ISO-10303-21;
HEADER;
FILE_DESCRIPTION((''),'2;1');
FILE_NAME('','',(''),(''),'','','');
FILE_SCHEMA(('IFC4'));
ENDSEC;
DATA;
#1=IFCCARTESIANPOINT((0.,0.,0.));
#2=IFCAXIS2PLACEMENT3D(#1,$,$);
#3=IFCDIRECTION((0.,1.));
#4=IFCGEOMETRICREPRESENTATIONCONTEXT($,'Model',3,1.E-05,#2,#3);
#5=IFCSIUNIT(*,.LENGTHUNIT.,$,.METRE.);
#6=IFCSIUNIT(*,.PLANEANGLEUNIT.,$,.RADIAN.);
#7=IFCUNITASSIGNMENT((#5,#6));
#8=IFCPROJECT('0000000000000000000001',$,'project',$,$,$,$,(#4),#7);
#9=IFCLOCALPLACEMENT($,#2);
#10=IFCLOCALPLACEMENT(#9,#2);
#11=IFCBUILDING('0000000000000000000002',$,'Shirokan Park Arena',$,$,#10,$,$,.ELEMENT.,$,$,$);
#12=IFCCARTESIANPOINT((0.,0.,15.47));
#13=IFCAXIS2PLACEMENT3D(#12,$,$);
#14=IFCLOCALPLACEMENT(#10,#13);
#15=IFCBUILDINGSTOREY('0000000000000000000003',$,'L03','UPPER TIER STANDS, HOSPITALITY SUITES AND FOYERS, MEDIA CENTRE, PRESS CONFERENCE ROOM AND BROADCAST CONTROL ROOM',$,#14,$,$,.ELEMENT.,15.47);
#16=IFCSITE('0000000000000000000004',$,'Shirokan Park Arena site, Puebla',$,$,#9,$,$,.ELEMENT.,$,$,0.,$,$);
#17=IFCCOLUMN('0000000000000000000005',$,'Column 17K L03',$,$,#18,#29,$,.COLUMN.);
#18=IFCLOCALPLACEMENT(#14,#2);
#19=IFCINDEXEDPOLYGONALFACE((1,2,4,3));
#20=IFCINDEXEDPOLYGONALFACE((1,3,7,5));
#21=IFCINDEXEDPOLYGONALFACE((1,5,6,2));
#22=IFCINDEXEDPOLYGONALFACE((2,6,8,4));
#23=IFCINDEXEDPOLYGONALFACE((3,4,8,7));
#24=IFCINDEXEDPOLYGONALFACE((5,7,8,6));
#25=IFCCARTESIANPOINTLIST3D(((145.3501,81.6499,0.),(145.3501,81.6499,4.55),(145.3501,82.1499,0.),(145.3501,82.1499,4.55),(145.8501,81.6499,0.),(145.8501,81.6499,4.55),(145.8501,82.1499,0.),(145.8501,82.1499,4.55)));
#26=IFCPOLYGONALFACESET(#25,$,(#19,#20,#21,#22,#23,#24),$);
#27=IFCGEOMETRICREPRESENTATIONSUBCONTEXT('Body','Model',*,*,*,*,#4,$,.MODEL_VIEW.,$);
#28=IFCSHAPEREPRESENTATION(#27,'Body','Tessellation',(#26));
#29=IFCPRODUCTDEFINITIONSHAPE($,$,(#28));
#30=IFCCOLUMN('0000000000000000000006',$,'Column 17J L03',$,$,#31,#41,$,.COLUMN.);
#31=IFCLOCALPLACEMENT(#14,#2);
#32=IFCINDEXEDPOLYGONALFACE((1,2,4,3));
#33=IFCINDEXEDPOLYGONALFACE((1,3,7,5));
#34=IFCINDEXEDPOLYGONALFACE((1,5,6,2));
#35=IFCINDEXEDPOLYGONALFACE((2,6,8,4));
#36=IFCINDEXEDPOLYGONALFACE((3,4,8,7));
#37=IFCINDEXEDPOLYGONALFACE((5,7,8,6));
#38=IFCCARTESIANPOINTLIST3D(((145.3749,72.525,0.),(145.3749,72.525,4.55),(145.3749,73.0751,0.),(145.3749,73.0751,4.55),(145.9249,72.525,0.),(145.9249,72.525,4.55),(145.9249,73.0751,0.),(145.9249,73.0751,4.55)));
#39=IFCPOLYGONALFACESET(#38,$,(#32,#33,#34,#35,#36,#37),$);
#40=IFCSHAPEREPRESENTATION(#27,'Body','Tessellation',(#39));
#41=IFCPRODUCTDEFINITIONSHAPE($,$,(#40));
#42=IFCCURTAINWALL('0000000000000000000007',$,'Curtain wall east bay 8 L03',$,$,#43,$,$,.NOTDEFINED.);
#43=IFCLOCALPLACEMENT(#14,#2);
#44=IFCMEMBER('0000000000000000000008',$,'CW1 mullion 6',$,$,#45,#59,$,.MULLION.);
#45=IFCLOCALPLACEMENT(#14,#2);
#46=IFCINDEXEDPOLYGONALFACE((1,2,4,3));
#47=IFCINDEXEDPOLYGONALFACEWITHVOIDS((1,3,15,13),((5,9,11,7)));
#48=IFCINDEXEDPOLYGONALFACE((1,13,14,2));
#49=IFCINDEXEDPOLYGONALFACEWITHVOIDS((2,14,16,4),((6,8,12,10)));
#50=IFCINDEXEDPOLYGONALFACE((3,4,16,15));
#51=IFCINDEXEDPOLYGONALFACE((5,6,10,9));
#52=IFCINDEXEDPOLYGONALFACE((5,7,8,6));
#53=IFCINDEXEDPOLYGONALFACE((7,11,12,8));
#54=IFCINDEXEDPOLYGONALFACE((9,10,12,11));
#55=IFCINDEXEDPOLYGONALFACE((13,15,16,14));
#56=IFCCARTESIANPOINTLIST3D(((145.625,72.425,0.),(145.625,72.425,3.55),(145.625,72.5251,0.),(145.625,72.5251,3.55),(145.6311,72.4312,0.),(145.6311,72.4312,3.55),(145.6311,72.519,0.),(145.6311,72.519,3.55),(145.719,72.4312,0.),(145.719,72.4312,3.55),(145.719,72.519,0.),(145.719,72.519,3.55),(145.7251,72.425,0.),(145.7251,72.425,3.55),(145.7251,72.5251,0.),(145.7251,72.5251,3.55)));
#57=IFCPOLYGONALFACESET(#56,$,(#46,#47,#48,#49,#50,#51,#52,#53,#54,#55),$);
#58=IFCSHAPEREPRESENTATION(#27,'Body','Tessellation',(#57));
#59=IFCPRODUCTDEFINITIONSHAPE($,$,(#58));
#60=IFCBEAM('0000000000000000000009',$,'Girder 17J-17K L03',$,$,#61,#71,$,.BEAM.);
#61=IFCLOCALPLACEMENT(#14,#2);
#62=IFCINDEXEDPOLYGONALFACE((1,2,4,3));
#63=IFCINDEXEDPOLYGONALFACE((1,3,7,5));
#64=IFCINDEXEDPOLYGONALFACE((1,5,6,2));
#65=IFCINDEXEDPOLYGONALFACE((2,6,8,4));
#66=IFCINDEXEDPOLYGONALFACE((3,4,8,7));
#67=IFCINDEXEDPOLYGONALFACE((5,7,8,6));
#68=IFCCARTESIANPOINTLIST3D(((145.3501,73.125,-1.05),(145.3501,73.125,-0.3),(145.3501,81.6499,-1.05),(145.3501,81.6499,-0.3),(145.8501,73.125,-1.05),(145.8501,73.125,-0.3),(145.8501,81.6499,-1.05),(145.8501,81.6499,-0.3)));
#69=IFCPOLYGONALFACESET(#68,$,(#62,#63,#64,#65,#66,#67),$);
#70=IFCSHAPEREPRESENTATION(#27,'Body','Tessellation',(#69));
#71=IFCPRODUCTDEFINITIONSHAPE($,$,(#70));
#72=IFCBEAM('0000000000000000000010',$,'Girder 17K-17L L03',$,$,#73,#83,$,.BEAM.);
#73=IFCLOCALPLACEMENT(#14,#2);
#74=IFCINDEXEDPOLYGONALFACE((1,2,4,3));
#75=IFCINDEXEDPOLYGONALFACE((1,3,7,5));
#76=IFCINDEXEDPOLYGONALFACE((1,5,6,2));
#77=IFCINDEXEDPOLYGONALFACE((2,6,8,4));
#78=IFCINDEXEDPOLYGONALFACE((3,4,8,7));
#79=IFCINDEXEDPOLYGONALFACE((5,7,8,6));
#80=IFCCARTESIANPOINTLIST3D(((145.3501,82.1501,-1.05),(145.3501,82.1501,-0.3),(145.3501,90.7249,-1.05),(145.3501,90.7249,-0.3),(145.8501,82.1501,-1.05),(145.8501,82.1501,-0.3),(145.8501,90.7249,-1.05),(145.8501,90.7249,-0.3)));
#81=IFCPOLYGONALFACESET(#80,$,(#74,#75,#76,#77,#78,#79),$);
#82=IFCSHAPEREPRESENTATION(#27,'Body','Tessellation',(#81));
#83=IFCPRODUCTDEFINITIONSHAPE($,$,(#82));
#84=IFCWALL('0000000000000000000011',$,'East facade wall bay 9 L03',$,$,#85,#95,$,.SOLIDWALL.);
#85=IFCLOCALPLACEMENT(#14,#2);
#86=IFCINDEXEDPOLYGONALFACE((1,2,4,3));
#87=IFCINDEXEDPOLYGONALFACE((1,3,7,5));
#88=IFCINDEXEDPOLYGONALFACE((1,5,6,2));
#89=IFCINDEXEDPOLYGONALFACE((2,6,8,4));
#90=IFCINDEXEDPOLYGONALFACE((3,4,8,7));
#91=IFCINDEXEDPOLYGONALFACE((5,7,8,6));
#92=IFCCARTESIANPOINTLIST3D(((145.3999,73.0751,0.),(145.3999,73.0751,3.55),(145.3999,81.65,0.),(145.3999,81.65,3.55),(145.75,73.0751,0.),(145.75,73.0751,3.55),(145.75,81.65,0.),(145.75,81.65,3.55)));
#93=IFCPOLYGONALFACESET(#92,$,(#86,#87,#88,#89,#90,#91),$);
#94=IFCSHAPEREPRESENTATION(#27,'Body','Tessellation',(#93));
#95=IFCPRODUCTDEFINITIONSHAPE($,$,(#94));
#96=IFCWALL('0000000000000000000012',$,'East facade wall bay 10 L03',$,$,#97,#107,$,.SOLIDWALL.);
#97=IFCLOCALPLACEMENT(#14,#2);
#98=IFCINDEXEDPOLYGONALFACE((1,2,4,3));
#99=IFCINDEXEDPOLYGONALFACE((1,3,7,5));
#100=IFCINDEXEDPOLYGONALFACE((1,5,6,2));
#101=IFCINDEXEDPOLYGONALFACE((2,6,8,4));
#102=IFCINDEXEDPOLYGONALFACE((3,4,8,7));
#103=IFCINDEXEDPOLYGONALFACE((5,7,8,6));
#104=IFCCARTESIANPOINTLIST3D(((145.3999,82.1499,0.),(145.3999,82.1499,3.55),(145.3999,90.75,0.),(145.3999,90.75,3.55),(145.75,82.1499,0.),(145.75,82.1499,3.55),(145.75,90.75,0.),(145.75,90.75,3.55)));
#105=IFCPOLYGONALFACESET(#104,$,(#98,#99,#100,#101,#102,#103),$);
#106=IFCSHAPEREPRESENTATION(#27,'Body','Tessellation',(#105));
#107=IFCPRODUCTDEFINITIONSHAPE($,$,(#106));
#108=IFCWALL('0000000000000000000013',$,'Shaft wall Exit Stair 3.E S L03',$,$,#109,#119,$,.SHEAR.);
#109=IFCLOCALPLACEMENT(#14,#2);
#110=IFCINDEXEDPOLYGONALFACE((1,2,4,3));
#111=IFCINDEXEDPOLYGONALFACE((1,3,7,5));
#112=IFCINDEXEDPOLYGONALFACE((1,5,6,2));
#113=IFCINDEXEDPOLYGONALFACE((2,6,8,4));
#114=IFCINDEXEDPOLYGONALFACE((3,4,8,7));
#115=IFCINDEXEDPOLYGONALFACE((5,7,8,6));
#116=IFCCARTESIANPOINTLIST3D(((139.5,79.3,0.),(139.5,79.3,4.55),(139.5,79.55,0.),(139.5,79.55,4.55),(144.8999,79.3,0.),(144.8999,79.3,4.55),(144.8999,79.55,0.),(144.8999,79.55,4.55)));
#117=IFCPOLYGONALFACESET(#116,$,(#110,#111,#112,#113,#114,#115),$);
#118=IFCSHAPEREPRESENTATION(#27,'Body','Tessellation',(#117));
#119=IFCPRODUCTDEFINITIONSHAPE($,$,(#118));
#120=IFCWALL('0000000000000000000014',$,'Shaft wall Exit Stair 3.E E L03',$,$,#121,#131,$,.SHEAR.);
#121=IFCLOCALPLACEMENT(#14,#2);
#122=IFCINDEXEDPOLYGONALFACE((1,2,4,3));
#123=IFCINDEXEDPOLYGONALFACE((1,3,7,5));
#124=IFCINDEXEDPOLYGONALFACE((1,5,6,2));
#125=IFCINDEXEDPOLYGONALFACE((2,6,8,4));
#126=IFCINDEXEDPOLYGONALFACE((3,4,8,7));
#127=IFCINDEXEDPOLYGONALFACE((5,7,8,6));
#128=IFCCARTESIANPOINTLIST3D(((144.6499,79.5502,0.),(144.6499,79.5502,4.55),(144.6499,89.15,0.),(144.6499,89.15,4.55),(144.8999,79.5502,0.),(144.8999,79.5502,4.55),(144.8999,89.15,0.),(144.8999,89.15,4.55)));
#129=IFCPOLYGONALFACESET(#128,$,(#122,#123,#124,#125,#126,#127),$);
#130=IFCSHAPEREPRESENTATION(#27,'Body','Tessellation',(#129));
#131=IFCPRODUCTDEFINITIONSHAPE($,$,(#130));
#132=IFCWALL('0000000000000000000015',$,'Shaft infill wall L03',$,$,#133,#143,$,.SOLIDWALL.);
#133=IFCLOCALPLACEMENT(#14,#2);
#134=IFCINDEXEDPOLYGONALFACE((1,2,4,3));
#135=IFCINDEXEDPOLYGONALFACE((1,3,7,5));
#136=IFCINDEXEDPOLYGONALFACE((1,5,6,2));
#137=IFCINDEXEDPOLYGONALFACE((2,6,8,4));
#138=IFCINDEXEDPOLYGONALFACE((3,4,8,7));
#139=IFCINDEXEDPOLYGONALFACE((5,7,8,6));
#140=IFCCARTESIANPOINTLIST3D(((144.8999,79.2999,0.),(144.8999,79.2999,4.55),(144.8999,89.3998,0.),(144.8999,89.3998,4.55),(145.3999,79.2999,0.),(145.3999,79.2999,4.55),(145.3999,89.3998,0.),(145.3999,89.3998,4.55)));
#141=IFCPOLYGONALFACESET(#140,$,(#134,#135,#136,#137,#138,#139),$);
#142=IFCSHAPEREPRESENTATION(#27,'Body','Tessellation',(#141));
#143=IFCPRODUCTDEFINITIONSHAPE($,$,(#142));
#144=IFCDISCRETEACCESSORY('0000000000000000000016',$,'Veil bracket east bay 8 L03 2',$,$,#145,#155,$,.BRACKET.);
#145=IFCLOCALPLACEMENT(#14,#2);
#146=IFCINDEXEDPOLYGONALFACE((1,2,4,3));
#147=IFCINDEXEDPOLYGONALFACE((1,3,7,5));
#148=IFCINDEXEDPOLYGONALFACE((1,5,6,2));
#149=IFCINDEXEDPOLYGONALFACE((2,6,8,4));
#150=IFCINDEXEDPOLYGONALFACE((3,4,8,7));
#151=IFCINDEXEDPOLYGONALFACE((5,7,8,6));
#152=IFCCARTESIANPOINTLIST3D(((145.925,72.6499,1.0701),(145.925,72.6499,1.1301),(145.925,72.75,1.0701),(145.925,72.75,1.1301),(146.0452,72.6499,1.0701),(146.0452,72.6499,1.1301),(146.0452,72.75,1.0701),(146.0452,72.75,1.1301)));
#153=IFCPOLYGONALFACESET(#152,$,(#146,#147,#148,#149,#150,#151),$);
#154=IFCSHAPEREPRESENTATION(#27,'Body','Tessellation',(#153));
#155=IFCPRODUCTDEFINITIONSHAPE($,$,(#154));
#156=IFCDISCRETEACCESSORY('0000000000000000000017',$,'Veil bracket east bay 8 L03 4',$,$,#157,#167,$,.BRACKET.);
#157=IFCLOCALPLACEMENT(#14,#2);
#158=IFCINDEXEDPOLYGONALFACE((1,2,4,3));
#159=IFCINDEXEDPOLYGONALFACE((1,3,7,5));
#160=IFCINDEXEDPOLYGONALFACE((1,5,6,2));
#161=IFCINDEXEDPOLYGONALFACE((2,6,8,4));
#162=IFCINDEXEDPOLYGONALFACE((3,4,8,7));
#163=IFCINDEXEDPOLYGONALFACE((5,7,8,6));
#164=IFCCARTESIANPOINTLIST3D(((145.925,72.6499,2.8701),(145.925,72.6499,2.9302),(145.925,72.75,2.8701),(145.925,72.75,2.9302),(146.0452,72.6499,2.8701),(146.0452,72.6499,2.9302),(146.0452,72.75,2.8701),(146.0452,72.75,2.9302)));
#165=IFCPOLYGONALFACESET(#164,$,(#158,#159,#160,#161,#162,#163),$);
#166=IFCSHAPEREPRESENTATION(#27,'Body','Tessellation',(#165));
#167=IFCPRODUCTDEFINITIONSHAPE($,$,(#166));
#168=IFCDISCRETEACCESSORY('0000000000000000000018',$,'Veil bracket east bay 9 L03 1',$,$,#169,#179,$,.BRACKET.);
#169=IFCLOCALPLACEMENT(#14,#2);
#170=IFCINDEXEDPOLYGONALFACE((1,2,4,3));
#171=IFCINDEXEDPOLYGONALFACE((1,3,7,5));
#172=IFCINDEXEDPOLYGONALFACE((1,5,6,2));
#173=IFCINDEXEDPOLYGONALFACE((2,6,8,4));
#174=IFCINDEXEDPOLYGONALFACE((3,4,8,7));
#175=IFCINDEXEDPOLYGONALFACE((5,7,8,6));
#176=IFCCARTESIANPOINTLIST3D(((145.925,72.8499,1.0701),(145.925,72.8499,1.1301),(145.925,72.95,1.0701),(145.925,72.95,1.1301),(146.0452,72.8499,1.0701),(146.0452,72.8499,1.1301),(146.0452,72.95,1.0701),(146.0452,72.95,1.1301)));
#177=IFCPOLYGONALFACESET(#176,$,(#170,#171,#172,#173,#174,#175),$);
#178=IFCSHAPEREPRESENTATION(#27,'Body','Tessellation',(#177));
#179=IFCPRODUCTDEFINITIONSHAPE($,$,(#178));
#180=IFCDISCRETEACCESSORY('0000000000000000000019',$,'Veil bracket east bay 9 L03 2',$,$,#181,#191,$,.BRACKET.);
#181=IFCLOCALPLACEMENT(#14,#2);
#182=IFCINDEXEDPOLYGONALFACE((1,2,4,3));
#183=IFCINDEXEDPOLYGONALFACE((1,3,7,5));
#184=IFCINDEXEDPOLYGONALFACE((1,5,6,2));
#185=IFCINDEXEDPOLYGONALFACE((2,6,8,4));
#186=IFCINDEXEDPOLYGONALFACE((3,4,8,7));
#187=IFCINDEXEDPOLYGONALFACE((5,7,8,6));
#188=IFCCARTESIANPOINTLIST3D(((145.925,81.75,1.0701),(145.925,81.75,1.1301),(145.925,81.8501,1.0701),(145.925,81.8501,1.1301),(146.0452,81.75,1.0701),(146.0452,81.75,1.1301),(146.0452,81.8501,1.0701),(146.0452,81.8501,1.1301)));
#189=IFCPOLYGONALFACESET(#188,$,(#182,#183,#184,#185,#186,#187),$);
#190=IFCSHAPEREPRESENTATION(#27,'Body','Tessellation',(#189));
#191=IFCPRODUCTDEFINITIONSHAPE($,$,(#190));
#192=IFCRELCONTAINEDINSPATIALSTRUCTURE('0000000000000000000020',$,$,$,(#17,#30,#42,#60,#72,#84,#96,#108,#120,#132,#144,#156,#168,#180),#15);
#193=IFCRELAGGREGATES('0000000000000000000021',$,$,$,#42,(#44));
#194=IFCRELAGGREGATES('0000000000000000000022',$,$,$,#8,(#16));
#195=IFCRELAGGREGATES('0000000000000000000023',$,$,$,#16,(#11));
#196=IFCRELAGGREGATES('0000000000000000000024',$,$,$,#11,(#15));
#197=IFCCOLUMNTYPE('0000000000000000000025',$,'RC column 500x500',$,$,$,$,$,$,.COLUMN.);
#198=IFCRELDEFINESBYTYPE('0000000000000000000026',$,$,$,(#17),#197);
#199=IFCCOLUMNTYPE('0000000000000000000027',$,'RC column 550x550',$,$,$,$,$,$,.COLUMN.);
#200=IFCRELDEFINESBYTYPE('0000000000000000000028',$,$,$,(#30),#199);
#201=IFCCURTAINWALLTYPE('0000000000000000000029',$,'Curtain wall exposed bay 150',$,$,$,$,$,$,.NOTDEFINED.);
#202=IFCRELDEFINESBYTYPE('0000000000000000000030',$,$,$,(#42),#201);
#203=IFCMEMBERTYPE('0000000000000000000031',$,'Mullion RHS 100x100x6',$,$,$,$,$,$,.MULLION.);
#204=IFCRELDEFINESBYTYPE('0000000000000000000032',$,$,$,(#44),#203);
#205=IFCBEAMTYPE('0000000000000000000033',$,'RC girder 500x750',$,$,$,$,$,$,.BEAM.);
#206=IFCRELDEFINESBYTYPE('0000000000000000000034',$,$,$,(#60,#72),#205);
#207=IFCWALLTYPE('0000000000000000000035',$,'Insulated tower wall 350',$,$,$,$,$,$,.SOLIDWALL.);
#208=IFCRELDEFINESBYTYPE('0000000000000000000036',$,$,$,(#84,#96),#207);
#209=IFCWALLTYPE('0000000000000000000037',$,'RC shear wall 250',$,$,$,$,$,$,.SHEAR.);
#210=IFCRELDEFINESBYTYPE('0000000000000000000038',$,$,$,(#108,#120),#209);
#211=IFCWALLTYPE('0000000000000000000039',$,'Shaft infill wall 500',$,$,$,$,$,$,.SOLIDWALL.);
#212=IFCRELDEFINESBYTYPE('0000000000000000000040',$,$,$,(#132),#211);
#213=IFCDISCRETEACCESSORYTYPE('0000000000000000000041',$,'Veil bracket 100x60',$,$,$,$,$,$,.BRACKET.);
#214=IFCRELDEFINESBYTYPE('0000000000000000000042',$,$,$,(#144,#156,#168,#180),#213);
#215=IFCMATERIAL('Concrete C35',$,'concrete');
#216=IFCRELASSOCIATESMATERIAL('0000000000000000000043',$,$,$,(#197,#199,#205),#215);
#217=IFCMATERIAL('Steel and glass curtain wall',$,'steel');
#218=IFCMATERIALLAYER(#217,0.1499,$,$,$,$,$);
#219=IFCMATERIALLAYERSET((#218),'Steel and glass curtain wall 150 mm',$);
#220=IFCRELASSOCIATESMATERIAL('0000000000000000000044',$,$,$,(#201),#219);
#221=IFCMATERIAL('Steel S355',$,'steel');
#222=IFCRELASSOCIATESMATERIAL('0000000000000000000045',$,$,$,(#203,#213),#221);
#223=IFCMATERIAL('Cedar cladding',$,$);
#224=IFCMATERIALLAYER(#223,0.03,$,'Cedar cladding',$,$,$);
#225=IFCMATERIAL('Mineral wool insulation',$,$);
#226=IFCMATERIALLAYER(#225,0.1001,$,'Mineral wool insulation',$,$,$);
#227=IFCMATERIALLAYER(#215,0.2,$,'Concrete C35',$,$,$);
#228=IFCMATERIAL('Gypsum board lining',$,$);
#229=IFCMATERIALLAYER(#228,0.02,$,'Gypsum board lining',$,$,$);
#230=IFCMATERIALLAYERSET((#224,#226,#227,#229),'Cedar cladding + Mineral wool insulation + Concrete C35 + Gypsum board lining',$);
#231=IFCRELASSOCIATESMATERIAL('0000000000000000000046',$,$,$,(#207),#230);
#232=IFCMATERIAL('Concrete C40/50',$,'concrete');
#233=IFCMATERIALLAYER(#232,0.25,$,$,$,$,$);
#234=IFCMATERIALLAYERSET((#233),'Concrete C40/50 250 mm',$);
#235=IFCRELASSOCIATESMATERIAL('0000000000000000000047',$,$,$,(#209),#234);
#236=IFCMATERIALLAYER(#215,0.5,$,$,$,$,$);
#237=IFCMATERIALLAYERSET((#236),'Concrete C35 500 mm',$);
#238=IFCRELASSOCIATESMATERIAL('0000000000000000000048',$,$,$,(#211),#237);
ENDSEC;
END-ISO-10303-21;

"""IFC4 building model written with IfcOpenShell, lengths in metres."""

from ifc_helpers import new_model, si_unit, direction, frame, frame_2d, origin, origin_2d, place, context, subcontext, project, spatial, rectangle, hollow_rectangle, extrude, material, layer, layer_set, material_profile, profile_set, type_object, element, aggregate, save


model = new_model("IFC4")

# Units and contexts
model_context = context("Model", 3, precision=1e-05, world=origin(), true_north=direction((0.0, 1.0)))
body_context = subcontext(model_context, "Body", "Model", "MODEL_VIEW")
ifc_project = project(units=[si_unit("LENGTHUNIT", "METRE"), si_unit("PLANEANGLEUNIT", "RADIAN")], contexts=[model_context])

# Site, building, storey
site_placement = place(None, origin())
site = spatial("IfcSite", under=ifc_project, at=site_placement, Name="Shirokan Park Arena site, Puebla", CompositionType="ELEMENT", RefElevation=0.0)
building_placement = place(site_placement, origin())
building = spatial("IfcBuilding", under=site, at=building_placement, Name="Shirokan Park Arena", CompositionType="ELEMENT")
storey_placement = place(building_placement, frame((0.0, 0.0, 15.47)))
storey = spatial("IfcBuildingStorey", under=building, at=storey_placement, Name="L03", Description="UPPER TIER STANDS, HOSPITALITY SUITES AND FOYERS, MEDIA CENTRE, PRESS CONFERENCE ROOM AND BROADCAST CONTROL ROOM", CompositionType="ELEMENT", Elevation=15.47)

# Columns
ifc_material_1 = material(Name="Concrete C35", Category="concrete")
ifc_material_profile_1 = material_profile(ifc_material_1, rectangle(XDim=0.5, YDim=0.5, at=origin_2d()), Name="500x500")
ifc_profile_set_1 = profile_set([ifc_material_profile_1], Name="Concrete C35")
column_type_1 = type_object("IfcColumnType", Name="RC column 500x500", PredefinedType="COLUMN", material=ifc_profile_set_1)
column_1_placement = place(storey_placement, frame((145.6001, 81.8999, 0.0), z_axis=(0.0, 0.0, 1.0), x_axis=(1.0, 0.0, 0.0)))
element("IfcColumn", 1, at=column_1_placement, inside=storey, type_object=column_type_1, Name="Column 17K L03", PredefinedType="COLUMN", context=body_context, shape_type="SweptSolid", body=[
    extrude(rectangle(XDim=0.5, YDim=0.5, at=origin_2d()), origin(), (0.0, 0.0, 1.0), 4.55),
])
ifc_material_profile_2 = material_profile(ifc_material_1, rectangle(XDim=0.55, YDim=0.55, at=origin_2d()), Name="550x550")
ifc_profile_set_2 = profile_set([ifc_material_profile_2], Name="Concrete C35")
column_type_2 = type_object("IfcColumnType", Name="RC column 550x550", PredefinedType="COLUMN", material=ifc_profile_set_2)
column_2_placement = place(storey_placement, frame((145.6499, 72.8, 0.0), z_axis=(0.0, 0.0, 1.0), x_axis=(1.0, 0.0, 0.0)))
element("IfcColumn", 2, at=column_2_placement, inside=storey, type_object=column_type_2, Name="Column 17J L03", PredefinedType="COLUMN", context=body_context, shape_type="SweptSolid", body=[
    extrude(rectangle(XDim=0.55, YDim=0.55, at=origin_2d()), origin(), (0.0, 0.0, 1.0), 4.55),
])

# Curtain wall, member
ifc_material_2 = material(Name="Steel and glass curtain wall", Category="steel")
ifc_layer_1 = layer(ifc_material_2, 0.1499)
ifc_layer_set_1 = layer_set([ifc_layer_1], Name="Steel and glass curtain wall 150 mm")
curtain_wall_type = type_object("IfcCurtainWallType", Name="Curtain wall exposed bay 150", PredefinedType="NOTDEFINED", material=ifc_layer_set_1)
curtain_wall_placement = place(storey_placement, origin())
curtain_wall = element("IfcCurtainWall", 3, at=curtain_wall_placement, inside=storey, type_object=curtain_wall_type, Name="Curtain wall east bay 8 L03", PredefinedType="NOTDEFINED")
ifc_material_3 = material(Name="Steel S355", Category="steel")
ifc_material_profile_3 = material_profile(ifc_material_3, hollow_rectangle(XDim=0.1001, YDim=0.1001, WallThickness=0.0061, at=origin_2d()), Name="RHS 100x100x6")
ifc_profile_set_3 = profile_set([ifc_material_profile_3], Name="Steel S355")
member_type = type_object("IfcMemberType", Name="Mullion RHS 100x100x6", PredefinedType="MULLION", material=ifc_profile_set_3)
member_placement = place(storey_placement, frame((145.675, 72.4751, 0.0), z_axis=(0.0, 0.0, 1.0), x_axis=(-1.0, 0.0, 0.0)))
member = element("IfcMember", 4, at=member_placement, type_object=member_type, Name="CW1 mullion 6", PredefinedType="MULLION", context=body_context, shape_type="SweptSolid", body=[
    extrude(hollow_rectangle(XDim=0.1001, YDim=0.1001, WallThickness=0.0061, at=origin_2d()), origin(), (0.0, 0.0, 1.0), 3.55),
])
aggregate(curtain_wall, [member])

# Beams
ifc_material_profile_4 = material_profile(ifc_material_1, rectangle(XDim=0.5, YDim=0.75, at=origin_2d()), Name="500x750")
ifc_profile_set_4 = profile_set([ifc_material_profile_4], Name="Concrete C35")
beam_type = type_object("IfcBeamType", Name="RC girder 500x750", PredefinedType="BEAM", material=ifc_profile_set_4)
beam_1_placement = place(storey_placement, frame((145.6001, 73.125, -0.675), z_axis=(0.0, 1.0, 0.0), x_axis=(-1.0, 0.0, 0.0)))
element("IfcBeam", 5, at=beam_1_placement, inside=storey, type_object=beam_type, Name="Girder 17J-17K L03", PredefinedType="BEAM", context=body_context, shape_type="SweptSolid", body=[
    extrude(rectangle(XDim=0.5, YDim=0.75, at=origin_2d()), origin(), (0.0, 0.0, 1.0), 8.5249),
])
beam_2_placement = place(storey_placement, frame((145.6001, 82.1501, -0.675), z_axis=(0.0, 1.0, 0.0), x_axis=(-1.0, 0.0, 0.0)))
element("IfcBeam", 6, at=beam_2_placement, inside=storey, type_object=beam_type, Name="Girder 17K-17L L03", PredefinedType="BEAM", context=body_context, shape_type="SweptSolid", body=[
    extrude(rectangle(XDim=0.5, YDim=0.75, at=origin_2d()), origin(), (0.0, 0.0, 1.0), 8.5747),
])

# Shared definitions
ifc_material_4 = material(Name="Mineral wool insulation")

# Walls
ifc_material_5 = material(Name="Cedar cladding")
ifc_layer_2 = layer(ifc_material_5, 0.03, Name="Cedar cladding")
ifc_layer_3 = layer(ifc_material_4, 0.1001, Name="Mineral wool insulation")
ifc_layer_4 = layer(ifc_material_1, 0.2, Name="Concrete C35")
ifc_material_6 = material(Name="Gypsum board lining")
ifc_layer_5 = layer(ifc_material_6, 0.02, Name="Gypsum board lining")
ifc_layer_set_2 = layer_set([ifc_layer_2, ifc_layer_3, ifc_layer_4, ifc_layer_5], Name="Cedar cladding + Mineral wool insulation + Concrete C35 + Gypsum board lining")
wall_type_1 = type_object("IfcWallType", Name="Insulated tower wall 350", PredefinedType="SOLIDWALL", material=ifc_layer_set_2)
wall_1_placement = place(storey_placement, frame((145.575, 73.075, 0.0), z_axis=(0.0, 0.0, 1.0), x_axis=(0.0, 1.0, 0.0)))
element("IfcWall", 7, at=wall_1_placement, inside=storey, type_object=wall_type_1, Name="East facade wall bay 9 L03", PredefinedType="SOLIDWALL", context=body_context, shape_type="SweptSolid", body=[
    extrude(rectangle(XDim=8.575, YDim=0.3501, at=frame_2d((4.2876, 0.0))), origin(), (0.0, 0.0, 1.0), 3.55),
])
wall_2_placement = place(storey_placement, frame((145.575, 82.1499, 0.0), z_axis=(0.0, 0.0, 1.0), x_axis=(0.0, 1.0, 0.0)))
element("IfcWall", 8, at=wall_2_placement, inside=storey, type_object=wall_type_1, Name="East facade wall bay 10 L03", PredefinedType="SOLIDWALL", context=body_context, shape_type="SweptSolid", body=[
    extrude(rectangle(XDim=8.6001, YDim=0.3501, at=frame_2d((4.3, 0.0))), origin(), (0.0, 0.0, 1.0), 3.55),
])
ifc_material_7 = material(Name="Concrete C40/50", Category="concrete")
ifc_layer_6 = layer(ifc_material_7, 0.25)
ifc_layer_set_3 = layer_set([ifc_layer_6], Name="Concrete C40/50 250 mm")
wall_type_2 = type_object("IfcWallType", Name="RC shear wall 250", PredefinedType="SHEAR", material=ifc_layer_set_3)
wall_3_placement = place(storey_placement, frame((144.8999, 79.425, 0.0), z_axis=(0.0, 0.0, 1.0), x_axis=(-1.0, 0.0, 0.0)))
element("IfcWall", 9, at=wall_3_placement, inside=storey, type_object=wall_type_2, Name="Shaft wall Exit Stair 3.E S L03", PredefinedType="SHEAR", context=body_context, shape_type="SweptSolid", body=[
    extrude(rectangle(XDim=5.3999, YDim=0.25, at=frame_2d((2.7, 0.0))), origin(), (0.0, 0.0, 1.0), 4.55),
])
wall_4_placement = place(storey_placement, frame((144.7749, 89.1499, 0.0), z_axis=(0.0, 0.0, 1.0), x_axis=(0.0, -1.0, 0.0)))
element("IfcWall", 10, at=wall_4_placement, inside=storey, type_object=wall_type_2, Name="Shaft wall Exit Stair 3.E E L03", PredefinedType="SHEAR", context=body_context, shape_type="SweptSolid", body=[
    extrude(rectangle(XDim=9.5999, YDim=0.25, at=frame_2d((4.7998, 0.0))), origin(), (0.0, 0.0, 1.0), 4.55),
])
ifc_layer_7 = layer(ifc_material_1, 0.5)
ifc_layer_set_4 = layer_set([ifc_layer_7], Name="Concrete C35 500 mm")
wall_type_3 = type_object("IfcWallType", Name="Shaft infill wall 500", PredefinedType="SOLIDWALL", material=ifc_layer_set_4)
wall_5_placement = place(storey_placement, frame((145.1499, 79.3, 0.0), z_axis=(0.0, 0.0, 1.0), x_axis=(0.0, 1.0, 0.0)))
element("IfcWall", 11, at=wall_5_placement, inside=storey, type_object=wall_type_3, Name="Shaft infill wall L03", PredefinedType="SOLIDWALL", context=body_context, shape_type="SweptSolid", body=[
    extrude(rectangle(XDim=10.0999, YDim=0.5, at=frame_2d((5.0498, 0.0))), origin(), (0.0, 0.0, 1.0), 4.55),
])

# Discrete accessories
discrete_accessory_type = type_object("IfcDiscreteAccessoryType", Name="Veil bracket 100x60", PredefinedType="BRACKET", material=ifc_material_3)
for number, where, z_axis, x_axis, name in (
    (12, (145.9851, 72.7, 1.0701), (0.0, 0.0, 1.0), (0.0, 1.0, 0.0), "Veil bracket east bay 8 L03 2"),
    (13, (145.9851, 72.7, 2.8701), (0.0, 0.0, 1.0), (0.0, 1.0, 0.0), "Veil bracket east bay 8 L03 4"),
    (14, (145.9851, 72.8999, 1.0701), (0.0, 0.0, 1.0), (0.0, 1.0, 0.0), "Veil bracket east bay 9 L03 1"),
    (15, (145.9851, 81.8, 1.0701), (0.0, 0.0, 1.0), (0.0, 1.0, 0.0), "Veil bracket east bay 9 L03 2"),
):
    element("IfcDiscreteAccessory", number, at=place(storey_placement, frame(where, z_axis=z_axis, x_axis=x_axis)), inside=storey, type_object=discrete_accessory_type, Name=name, PredefinedType="BRACKET", context=body_context, shape_type="SweptSolid", body=[
        extrude(rectangle(XDim=0.1001, YDim=0.1201, at=origin_2d()), origin(), (0.0, 0.0, 1.0), 0.0601),
    ])

save(model, "model.ifc")
